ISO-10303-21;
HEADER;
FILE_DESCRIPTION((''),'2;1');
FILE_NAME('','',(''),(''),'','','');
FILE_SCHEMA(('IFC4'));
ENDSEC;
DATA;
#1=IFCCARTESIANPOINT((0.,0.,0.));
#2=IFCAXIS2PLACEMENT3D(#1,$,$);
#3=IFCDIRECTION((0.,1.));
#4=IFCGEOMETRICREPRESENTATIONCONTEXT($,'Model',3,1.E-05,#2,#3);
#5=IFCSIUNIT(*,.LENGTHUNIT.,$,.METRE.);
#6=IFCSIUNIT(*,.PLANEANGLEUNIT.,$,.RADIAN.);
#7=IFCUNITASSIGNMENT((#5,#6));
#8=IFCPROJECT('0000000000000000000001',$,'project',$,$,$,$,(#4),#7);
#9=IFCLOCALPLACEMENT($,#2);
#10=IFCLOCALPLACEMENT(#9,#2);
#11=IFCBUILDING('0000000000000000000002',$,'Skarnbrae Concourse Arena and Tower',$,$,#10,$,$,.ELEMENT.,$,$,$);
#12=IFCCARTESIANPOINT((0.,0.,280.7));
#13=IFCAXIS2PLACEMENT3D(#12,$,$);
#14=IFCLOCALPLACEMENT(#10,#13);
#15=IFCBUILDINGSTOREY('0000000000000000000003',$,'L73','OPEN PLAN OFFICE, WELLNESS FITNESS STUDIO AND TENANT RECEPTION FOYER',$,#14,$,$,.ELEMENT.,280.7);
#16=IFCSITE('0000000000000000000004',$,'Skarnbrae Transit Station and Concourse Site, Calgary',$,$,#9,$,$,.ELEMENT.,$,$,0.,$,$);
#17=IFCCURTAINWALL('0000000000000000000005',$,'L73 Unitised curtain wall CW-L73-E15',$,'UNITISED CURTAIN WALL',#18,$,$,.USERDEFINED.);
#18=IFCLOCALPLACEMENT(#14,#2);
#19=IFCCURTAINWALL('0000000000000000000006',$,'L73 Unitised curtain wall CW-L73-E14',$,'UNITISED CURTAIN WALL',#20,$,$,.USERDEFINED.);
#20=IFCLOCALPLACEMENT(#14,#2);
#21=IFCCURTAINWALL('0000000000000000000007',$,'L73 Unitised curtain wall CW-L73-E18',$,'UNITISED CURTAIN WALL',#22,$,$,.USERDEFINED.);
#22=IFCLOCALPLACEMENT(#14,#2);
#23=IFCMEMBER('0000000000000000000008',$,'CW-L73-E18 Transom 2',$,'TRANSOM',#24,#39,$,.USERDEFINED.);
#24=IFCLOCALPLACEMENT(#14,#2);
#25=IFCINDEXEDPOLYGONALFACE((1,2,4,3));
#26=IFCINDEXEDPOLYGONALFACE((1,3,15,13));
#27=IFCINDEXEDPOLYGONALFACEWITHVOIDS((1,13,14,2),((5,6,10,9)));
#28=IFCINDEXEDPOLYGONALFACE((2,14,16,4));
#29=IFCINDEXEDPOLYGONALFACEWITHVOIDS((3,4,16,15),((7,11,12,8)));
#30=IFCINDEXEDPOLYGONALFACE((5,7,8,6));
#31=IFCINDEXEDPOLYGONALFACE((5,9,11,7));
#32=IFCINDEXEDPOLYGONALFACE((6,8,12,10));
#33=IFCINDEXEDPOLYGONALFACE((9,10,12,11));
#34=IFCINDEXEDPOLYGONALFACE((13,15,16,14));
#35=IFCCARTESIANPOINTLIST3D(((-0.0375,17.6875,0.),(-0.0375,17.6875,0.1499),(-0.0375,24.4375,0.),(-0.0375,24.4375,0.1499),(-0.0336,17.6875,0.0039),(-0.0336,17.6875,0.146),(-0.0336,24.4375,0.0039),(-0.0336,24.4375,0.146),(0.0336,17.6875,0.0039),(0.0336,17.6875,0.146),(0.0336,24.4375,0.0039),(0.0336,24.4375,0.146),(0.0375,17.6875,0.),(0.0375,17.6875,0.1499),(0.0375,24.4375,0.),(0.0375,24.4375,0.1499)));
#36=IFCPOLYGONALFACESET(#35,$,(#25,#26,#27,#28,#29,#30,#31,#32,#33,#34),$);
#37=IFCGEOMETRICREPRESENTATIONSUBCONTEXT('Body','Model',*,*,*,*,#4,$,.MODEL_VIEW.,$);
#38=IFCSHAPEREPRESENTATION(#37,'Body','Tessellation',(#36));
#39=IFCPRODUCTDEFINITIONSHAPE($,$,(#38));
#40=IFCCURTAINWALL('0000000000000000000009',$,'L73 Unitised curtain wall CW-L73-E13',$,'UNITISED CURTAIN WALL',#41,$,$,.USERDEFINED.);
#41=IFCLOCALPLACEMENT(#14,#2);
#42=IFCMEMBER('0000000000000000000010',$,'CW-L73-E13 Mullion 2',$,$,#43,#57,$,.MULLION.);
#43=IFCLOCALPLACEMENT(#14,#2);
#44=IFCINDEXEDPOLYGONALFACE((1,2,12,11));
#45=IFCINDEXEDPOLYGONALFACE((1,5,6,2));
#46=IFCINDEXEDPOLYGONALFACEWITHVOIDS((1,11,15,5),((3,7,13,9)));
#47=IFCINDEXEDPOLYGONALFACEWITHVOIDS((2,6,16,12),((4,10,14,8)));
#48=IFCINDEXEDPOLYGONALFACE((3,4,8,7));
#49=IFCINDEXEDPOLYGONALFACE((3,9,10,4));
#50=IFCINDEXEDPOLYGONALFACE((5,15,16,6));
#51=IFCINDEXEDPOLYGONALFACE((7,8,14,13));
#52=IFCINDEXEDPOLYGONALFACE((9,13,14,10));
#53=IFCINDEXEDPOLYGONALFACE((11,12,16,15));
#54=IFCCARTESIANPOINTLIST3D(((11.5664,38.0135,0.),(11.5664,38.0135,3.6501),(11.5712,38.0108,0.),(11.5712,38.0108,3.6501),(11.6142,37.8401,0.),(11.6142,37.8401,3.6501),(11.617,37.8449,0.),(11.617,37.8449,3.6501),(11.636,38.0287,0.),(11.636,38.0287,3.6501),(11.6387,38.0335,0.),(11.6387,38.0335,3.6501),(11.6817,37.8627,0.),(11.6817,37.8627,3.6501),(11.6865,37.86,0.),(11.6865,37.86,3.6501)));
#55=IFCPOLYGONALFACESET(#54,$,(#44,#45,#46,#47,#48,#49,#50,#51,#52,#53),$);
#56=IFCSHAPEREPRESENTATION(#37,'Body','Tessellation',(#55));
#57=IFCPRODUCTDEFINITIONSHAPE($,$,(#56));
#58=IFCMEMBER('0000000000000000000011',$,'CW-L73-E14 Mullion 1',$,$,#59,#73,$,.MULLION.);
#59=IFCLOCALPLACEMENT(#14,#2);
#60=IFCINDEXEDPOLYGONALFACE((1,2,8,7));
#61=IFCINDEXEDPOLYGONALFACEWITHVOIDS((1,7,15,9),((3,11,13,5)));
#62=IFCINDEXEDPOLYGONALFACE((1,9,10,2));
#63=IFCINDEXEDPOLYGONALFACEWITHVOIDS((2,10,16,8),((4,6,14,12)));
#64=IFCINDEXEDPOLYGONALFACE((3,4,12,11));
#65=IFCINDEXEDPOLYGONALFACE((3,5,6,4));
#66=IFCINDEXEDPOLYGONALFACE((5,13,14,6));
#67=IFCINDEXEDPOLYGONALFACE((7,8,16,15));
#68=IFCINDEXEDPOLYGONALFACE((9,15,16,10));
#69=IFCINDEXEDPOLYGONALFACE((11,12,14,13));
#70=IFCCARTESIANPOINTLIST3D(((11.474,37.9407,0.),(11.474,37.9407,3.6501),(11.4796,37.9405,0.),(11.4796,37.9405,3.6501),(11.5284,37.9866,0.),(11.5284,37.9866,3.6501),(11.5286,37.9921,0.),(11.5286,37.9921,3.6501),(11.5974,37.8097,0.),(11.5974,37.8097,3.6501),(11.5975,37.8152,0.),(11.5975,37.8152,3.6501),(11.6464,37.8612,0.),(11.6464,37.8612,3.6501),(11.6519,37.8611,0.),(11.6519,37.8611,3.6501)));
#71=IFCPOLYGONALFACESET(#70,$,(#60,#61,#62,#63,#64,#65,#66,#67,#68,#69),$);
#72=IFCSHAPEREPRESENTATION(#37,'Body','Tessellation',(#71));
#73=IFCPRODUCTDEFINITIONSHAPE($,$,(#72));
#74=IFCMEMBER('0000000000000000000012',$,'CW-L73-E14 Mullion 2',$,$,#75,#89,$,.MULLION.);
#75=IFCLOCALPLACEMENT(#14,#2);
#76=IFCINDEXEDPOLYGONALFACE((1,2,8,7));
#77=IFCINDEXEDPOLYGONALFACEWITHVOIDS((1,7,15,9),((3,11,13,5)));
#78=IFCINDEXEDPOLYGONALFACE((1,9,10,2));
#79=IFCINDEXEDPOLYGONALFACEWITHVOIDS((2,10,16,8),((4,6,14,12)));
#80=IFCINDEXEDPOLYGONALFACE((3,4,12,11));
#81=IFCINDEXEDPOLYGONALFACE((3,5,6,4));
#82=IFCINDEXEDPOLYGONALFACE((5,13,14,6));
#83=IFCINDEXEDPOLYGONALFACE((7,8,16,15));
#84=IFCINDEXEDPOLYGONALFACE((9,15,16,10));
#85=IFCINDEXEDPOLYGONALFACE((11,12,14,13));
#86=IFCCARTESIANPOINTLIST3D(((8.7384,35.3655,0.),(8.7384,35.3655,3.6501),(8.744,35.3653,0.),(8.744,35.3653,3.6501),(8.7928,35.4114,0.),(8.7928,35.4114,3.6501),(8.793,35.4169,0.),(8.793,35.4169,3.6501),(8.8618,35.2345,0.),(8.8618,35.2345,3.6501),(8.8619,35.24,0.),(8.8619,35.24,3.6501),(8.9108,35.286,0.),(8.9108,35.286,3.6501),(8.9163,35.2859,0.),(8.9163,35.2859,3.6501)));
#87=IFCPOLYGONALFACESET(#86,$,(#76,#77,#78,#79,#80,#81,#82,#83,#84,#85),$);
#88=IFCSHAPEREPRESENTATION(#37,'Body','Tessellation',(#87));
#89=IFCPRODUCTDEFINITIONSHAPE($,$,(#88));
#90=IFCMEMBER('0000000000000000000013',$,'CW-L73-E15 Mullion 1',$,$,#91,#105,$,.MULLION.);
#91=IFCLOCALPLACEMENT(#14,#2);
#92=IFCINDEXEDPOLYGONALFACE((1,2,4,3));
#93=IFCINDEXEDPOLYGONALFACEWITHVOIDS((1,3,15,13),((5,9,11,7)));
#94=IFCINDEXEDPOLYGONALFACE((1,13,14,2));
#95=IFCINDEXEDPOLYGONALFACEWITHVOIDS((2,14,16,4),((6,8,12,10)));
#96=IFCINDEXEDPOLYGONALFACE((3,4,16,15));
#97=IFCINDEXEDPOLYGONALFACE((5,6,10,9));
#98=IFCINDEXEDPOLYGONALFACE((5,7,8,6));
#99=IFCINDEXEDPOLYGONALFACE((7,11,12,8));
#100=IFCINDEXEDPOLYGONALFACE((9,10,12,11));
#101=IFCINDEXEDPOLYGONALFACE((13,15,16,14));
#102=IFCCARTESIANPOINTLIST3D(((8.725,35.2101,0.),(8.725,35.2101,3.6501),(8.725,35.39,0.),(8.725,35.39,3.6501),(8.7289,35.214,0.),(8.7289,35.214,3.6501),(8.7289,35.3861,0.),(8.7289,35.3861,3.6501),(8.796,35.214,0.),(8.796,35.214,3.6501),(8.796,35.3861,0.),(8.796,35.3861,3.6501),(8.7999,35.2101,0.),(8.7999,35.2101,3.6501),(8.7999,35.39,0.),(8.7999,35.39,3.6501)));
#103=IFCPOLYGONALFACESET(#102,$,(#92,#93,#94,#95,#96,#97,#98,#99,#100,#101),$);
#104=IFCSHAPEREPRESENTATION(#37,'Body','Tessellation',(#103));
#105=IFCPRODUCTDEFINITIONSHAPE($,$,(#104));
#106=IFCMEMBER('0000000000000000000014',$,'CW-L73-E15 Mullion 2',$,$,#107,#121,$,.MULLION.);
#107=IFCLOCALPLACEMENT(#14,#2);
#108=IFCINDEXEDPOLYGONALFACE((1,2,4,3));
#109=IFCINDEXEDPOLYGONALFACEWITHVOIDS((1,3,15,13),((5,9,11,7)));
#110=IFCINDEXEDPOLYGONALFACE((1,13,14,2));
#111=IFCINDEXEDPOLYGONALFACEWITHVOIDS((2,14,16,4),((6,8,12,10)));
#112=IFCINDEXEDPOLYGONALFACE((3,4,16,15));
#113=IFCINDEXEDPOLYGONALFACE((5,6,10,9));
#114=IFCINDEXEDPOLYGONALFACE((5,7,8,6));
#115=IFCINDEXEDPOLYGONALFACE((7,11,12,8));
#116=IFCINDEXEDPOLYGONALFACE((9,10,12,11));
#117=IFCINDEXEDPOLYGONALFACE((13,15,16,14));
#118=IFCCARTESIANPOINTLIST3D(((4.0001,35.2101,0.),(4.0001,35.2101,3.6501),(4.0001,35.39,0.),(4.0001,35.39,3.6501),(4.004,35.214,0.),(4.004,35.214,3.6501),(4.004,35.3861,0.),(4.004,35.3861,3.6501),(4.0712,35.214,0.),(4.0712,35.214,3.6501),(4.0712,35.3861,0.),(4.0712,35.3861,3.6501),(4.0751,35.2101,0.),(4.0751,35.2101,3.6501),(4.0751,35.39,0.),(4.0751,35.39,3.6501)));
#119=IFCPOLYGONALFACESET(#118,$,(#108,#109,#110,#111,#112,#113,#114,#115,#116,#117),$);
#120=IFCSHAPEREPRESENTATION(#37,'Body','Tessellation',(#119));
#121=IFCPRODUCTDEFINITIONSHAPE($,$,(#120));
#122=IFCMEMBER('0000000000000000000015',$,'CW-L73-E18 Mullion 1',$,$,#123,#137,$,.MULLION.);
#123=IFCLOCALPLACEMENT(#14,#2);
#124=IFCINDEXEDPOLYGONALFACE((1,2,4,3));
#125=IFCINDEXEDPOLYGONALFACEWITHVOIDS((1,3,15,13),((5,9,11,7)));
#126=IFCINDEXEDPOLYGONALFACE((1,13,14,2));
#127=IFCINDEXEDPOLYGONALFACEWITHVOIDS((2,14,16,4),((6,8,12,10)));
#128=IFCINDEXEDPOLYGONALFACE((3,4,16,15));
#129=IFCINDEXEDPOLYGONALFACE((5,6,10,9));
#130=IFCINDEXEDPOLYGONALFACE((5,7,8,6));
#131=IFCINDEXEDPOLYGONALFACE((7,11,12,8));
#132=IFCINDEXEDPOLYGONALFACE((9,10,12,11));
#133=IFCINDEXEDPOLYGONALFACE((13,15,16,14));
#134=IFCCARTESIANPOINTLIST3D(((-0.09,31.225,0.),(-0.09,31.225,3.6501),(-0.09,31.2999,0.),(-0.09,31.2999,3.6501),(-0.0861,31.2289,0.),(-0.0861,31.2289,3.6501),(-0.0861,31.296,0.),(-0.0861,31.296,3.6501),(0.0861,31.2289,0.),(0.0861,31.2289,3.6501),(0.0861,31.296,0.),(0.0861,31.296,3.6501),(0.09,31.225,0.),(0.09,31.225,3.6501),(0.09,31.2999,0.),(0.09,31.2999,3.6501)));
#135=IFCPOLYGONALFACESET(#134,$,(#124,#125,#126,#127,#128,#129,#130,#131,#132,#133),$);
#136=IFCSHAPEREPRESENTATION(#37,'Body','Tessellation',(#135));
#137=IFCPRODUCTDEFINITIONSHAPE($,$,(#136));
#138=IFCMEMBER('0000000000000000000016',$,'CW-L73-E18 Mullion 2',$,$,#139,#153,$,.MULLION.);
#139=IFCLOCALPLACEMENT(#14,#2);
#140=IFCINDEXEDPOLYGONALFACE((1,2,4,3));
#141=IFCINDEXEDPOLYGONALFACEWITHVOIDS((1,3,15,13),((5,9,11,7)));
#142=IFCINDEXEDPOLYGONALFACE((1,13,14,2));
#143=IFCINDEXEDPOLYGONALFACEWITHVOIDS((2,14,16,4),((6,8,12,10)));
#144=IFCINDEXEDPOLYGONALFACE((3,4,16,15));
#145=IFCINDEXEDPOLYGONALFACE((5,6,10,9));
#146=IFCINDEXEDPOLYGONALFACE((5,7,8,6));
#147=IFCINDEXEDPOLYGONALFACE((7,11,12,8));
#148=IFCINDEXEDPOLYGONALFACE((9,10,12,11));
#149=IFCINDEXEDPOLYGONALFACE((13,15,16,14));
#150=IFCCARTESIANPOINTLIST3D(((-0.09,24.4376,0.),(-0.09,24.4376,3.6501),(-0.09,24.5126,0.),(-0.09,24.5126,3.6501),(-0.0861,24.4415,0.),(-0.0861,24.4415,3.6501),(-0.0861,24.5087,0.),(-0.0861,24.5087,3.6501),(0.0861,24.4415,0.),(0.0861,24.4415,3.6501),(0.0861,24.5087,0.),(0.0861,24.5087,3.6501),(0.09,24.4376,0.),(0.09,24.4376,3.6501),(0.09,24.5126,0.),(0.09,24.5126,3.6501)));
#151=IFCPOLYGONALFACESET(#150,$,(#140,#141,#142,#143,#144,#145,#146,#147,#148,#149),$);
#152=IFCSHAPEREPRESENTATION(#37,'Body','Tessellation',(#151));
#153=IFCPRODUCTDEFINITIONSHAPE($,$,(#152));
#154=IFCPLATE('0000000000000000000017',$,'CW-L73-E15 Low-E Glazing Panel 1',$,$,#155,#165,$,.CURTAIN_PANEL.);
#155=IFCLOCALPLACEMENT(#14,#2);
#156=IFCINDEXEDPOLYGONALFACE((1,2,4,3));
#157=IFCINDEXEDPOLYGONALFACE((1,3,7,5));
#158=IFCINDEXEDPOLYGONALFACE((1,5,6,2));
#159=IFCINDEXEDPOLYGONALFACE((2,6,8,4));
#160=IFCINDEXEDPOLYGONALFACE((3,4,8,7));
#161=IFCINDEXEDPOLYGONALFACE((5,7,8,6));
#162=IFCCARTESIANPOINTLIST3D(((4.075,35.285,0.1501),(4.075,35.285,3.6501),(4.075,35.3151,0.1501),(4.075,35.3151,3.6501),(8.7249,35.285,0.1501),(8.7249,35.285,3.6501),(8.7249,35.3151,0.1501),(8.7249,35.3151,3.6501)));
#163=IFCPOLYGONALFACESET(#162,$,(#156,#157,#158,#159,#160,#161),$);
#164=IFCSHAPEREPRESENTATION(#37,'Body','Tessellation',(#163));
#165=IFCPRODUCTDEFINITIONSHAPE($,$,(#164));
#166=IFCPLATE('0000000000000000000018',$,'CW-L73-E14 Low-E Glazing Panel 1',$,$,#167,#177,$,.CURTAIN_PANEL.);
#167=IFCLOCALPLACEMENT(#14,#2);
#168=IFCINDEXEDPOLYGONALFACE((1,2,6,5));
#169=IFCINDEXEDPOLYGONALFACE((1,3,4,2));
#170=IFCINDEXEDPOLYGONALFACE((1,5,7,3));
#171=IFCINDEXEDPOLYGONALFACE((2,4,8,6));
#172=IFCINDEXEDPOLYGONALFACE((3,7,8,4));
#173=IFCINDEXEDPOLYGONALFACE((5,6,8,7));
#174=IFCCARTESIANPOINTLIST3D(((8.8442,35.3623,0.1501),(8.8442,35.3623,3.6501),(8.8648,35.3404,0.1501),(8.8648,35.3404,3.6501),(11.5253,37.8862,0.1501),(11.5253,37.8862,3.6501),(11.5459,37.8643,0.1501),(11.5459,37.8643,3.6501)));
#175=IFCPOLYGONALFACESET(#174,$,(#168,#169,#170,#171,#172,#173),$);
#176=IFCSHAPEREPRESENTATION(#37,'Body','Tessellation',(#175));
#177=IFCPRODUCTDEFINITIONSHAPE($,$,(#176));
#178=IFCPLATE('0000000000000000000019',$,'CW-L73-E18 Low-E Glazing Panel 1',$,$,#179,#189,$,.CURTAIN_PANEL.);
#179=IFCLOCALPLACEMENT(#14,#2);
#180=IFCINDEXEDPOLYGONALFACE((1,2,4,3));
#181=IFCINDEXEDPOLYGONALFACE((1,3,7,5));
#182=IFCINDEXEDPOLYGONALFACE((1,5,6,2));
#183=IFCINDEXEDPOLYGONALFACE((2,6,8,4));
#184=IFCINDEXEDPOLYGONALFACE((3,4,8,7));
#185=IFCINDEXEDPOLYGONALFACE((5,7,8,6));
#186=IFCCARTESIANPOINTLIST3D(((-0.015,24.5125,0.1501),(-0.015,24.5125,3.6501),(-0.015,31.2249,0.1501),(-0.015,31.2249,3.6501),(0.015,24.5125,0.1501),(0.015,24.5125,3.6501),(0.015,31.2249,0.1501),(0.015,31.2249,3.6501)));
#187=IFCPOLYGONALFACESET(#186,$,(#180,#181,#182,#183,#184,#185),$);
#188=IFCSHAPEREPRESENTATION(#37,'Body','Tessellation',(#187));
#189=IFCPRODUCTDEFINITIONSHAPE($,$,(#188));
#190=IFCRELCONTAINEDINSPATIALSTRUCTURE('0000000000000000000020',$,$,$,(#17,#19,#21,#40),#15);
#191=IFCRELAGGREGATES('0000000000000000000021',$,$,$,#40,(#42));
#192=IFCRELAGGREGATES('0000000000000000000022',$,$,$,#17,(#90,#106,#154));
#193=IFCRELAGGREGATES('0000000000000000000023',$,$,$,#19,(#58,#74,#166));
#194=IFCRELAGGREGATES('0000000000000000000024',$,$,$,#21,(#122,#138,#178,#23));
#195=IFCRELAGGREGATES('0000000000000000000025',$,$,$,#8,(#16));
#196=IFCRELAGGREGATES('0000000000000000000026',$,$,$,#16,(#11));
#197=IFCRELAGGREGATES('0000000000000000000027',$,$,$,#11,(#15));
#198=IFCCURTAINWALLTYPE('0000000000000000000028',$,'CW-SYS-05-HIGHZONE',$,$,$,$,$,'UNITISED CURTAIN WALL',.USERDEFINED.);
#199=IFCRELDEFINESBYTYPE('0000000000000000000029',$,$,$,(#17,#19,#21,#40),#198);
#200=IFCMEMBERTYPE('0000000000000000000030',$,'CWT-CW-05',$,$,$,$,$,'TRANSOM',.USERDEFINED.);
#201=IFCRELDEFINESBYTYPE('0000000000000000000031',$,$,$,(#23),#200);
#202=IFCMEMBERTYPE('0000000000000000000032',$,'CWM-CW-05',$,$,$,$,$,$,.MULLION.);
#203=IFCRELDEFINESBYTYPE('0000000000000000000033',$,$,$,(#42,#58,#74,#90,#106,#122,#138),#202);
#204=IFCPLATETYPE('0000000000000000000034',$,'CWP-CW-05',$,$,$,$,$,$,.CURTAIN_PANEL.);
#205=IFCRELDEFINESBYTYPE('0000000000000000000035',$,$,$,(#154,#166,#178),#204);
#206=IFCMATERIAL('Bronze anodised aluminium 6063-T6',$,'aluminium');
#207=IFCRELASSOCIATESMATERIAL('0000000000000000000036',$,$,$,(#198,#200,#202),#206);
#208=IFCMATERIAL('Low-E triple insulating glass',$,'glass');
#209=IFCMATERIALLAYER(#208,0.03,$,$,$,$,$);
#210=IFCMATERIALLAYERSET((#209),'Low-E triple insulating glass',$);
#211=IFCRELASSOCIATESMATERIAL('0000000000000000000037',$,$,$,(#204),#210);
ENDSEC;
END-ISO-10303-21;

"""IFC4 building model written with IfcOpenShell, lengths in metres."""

from ifc_helpers import new_model, si_unit, direction, frame, origin, origin_2d, place, context, subcontext, project, spatial, rectangle, hollow_rectangle, extrude, source, transform, mapped, material, layer, layer_set, material_profile, profile_set, type_object, element, aggregate, save


model = new_model("IFC4")

# Units and contexts
model_context = context("Model", 3, precision=1e-05, world=origin(), true_north=direction((0.0, 1.0)))
body_context = subcontext(model_context, "Body", "Model", "MODEL_VIEW")
ifc_project = project(units=[si_unit("LENGTHUNIT", "METRE"), si_unit("PLANEANGLEUNIT", "RADIAN")], contexts=[model_context])

# Site, building, storey
site_placement = place(None, origin())
site = spatial("IfcSite", under=ifc_project, at=site_placement, Name="Skarnbrae Transit Station and Concourse Site, Calgary", CompositionType="ELEMENT", RefElevation=0.0)
building_placement = place(site_placement, origin())
building = spatial("IfcBuilding", under=site, at=building_placement, Name="Skarnbrae Concourse Arena and Tower", CompositionType="ELEMENT")
storey_placement = place(building_placement, frame((0.0, 0.0, 280.7)))
storey = spatial("IfcBuildingStorey", under=building, at=storey_placement, Name="L73", Description="OPEN PLAN OFFICE, WELLNESS FITNESS STUDIO AND TENANT RECEPTION FOYER", CompositionType="ELEMENT", Elevation=280.7)

# Curtain walls
ifc_material_1 = material(Name="Bronze anodised aluminium 6063-T6", Category="aluminium")
curtain_wall_type = type_object("IfcCurtainWallType", Name="CW-SYS-05-HIGHZONE", ElementType="UNITISED CURTAIN WALL", PredefinedType="USERDEFINED", material=ifc_material_1)
curtain_wall_1_placement = place(storey_placement, origin())
curtain_wall_1 = element("IfcCurtainWall", 1, at=curtain_wall_1_placement, inside=storey, type_object=curtain_wall_type, Name="L73 Unitised curtain wall CW-L73-E15", ObjectType="UNITISED CURTAIN WALL", PredefinedType="USERDEFINED")
ifc_material_profile_1 = material_profile(ifc_material_1, hollow_rectangle(XDim=0.075, YDim=0.1499, WallThickness=0.0039, at=origin_2d()), Name="ALU-TRAN-75X150")
ifc_profile_set_1 = profile_set([ifc_material_profile_1], Name="Bronze anodised aluminium 6063-T6")
member_type_1 = type_object("IfcMemberType", Name="CWT-CW-05", ElementType="TRANSOM", PredefinedType="USERDEFINED", material=ifc_profile_set_1)
curtain_wall_2_placement = place(storey_placement, origin())
curtain_wall_2 = element("IfcCurtainWall", 2, at=curtain_wall_2_placement, inside=storey, type_object=curtain_wall_type, Name="L73 Unitised curtain wall CW-L73-E14", ObjectType="UNITISED CURTAIN WALL", PredefinedType="USERDEFINED")

# Curtain wall, member
curtain_wall_3_placement = place(storey_placement, origin())
curtain_wall_3 = element("IfcCurtainWall", 3, at=curtain_wall_3_placement, inside=storey, type_object=curtain_wall_type, Name="L73 Unitised curtain wall CW-L73-E18", ObjectType="UNITISED CURTAIN WALL", PredefinedType="USERDEFINED")
shared_shape_1 = source(origin(), body_context, "Body", "SweptSolid", [
    extrude(hollow_rectangle(XDim=0.075, YDim=0.1499, WallThickness=0.0039, at=origin_2d()), origin(), (0.0, 0.0, 1.0), 6.75),
])
member_1_placement = place(storey_placement, frame((0.0, 24.4375, 0.075), z_axis=(0.0, -1.0, 0.0), x_axis=(1.0, 0.0, 0.0)))
member_1 = element("IfcMember", 4, at=member_1_placement, type_object=member_type_1, Name="CW-L73-E18 Transom 2", ObjectType="TRANSOM", PredefinedType="USERDEFINED", context=body_context, shape_type="MappedRepresentation", body=[
    mapped(shared_shape_1, transform((0.0, 0.0, 0.0))),
])

# Curtain wall, member
curtain_wall_4_placement = place(storey_placement, origin())
curtain_wall_4 = element("IfcCurtainWall", 5, at=curtain_wall_4_placement, inside=storey, type_object=curtain_wall_type, Name="L73 Unitised curtain wall CW-L73-E13", ObjectType="UNITISED CURTAIN WALL", PredefinedType="USERDEFINED")
ifc_material_profile_2 = material_profile(ifc_material_1, hollow_rectangle(XDim=0.075, YDim=0.1799, WallThickness=0.0039, at=origin_2d()), Name="ALU-MULL-75X180")
ifc_profile_set_2 = profile_set([ifc_material_profile_2], Name="Bronze anodised aluminium 6063-T6")
member_type_2 = type_object("IfcMemberType", Name="CWM-CW-05", PredefinedType="MULLION", material=ifc_profile_set_2)
shared_shape_2 = source(origin(), body_context, "Body", "SweptSolid", [
    extrude(hollow_rectangle(XDim=0.075, YDim=0.1799, WallThickness=0.0039, at=origin_2d()), origin(), (0.0, 0.0, 1.0), 3.6501),
])
member_2_placement = place(storey_placement, frame((11.6265, 37.9368, 0.0), z_axis=(0.0, 0.0, 1.0), x_axis=(-0.964057, -0.265694, 0.0)))
member_2 = element("IfcMember", 6, at=member_2_placement, type_object=member_type_2, Name="CW-L73-E13 Mullion 2", PredefinedType="MULLION", context=body_context, shape_type="MappedRepresentation", body=[
    mapped(shared_shape_2, transform((0.0, 0.0, 0.0))),
])
aggregate(curtain_wall_4, [member_2])

# Members
member_3_placement = place(storey_placement, frame((11.563, 37.9009, 0.0), z_axis=(0.0, 0.0, 1.0), x_axis=(-0.728131, -0.685438, 0.0)))
member_3 = element("IfcMember", 7, at=member_3_placement, type_object=member_type_2, Name="CW-L73-E14 Mullion 1", PredefinedType="MULLION", context=body_context, shape_type="MappedRepresentation", body=[
    mapped(shared_shape_2, transform((0.0, 0.0, 0.0))),
])
member_4_placement = place(storey_placement, frame((8.8274, 35.3257, 0.0), z_axis=(0.0, 0.0, 1.0), x_axis=(-0.728131, -0.685438, 0.0)))
member_4 = element("IfcMember", 8, at=member_4_placement, type_object=member_type_2, Name="CW-L73-E14 Mullion 2", PredefinedType="MULLION", context=body_context, shape_type="MappedRepresentation", body=[
    mapped(shared_shape_2, transform((0.0, 0.0, 0.0))),
])
member_5_placement = place(storey_placement, frame((8.7625, 35.3, 0.0), z_axis=(0.0, 0.0, 1.0), x_axis=(-1.0, 0.0, 0.0)))
member_5 = element("IfcMember", 9, at=member_5_placement, type_object=member_type_2, Name="CW-L73-E15 Mullion 1", PredefinedType="MULLION", context=body_context, shape_type="MappedRepresentation", body=[
    mapped(shared_shape_2, transform((0.0, 0.0, 0.0))),
])
member_6_placement = place(storey_placement, frame((4.0376, 35.3, 0.0), z_axis=(0.0, 0.0, 1.0), x_axis=(-1.0, 0.0, 0.0)))
member_6 = element("IfcMember", 10, at=member_6_placement, type_object=member_type_2, Name="CW-L73-E15 Mullion 2", PredefinedType="MULLION", context=body_context, shape_type="MappedRepresentation", body=[
    mapped(shared_shape_2, transform((0.0, 0.0, 0.0))),
])
member_7_placement = place(storey_placement, frame((0.0, 31.2625, 0.0), z_axis=(0.0, 0.0, 1.0), x_axis=(0.0, -1.0, 0.0)))
member_7 = element("IfcMember", 11, at=member_7_placement, type_object=member_type_2, Name="CW-L73-E18 Mullion 1", PredefinedType="MULLION", context=body_context, shape_type="MappedRepresentation", body=[
    mapped(shared_shape_2, transform((0.0, 0.0, 0.0))),
])
member_8_placement = place(storey_placement, frame((0.0, 24.4751, 0.0), z_axis=(0.0, 0.0, 1.0), x_axis=(0.0, -1.0, 0.0)))
member_8 = element("IfcMember", 12, at=member_8_placement, type_object=member_type_2, Name="CW-L73-E18 Mullion 2", PredefinedType="MULLION", context=body_context, shape_type="MappedRepresentation", body=[
    mapped(shared_shape_2, transform((0.0, 0.0, 0.0))),
])

# Plates
ifc_material_2 = material(Name="Low-E triple insulating glass", Category="glass")
ifc_layer_1 = layer(ifc_material_2, 0.03)
ifc_layer_set_1 = layer_set([ifc_layer_1], Name="Low-E triple insulating glass")
plate_type = type_object("IfcPlateType", Name="CWP-CW-05", PredefinedType="CURTAIN_PANEL", material=ifc_layer_set_1)
shared_shape_3 = source(origin(), body_context, "Body", "SweptSolid", [
    extrude(rectangle(XDim=4.6499, YDim=0.03, at=origin_2d()), origin(), (0.0, 0.0, 1.0), 3.5),
])
plate_1_placement = place(storey_placement, frame((6.3999, 35.3, 0.1501), z_axis=(0.0, 0.0, 1.0), x_axis=(-1.0, 0.0, 0.0)))
plate_1 = element("IfcPlate", 13, at=plate_1_placement, type_object=plate_type, Name="CW-L73-E15 Low-E Glazing Panel 1", PredefinedType="CURTAIN_PANEL", context=body_context, shape_type="MappedRepresentation", body=[
    mapped(shared_shape_3, transform((0.0, 0.0, 0.0))),
])
aggregate(curtain_wall_1, [member_5, member_6, plate_1])
shared_shape_4 = source(origin(), body_context, "Body", "SweptSolid", [
    extrude(rectangle(XDim=3.6821, YDim=0.03, at=origin_2d()), origin(), (0.0, 0.0, 1.0), 3.5),
])
plate_2_placement = place(storey_placement, frame((10.1951, 36.6133, 0.1501), z_axis=(0.0, 0.0, 1.0), x_axis=(-0.728131, -0.685438, 0.0)))
plate_2 = element("IfcPlate", 14, at=plate_2_placement, type_object=plate_type, Name="CW-L73-E14 Low-E Glazing Panel 1", PredefinedType="CURTAIN_PANEL", context=body_context, shape_type="MappedRepresentation", body=[
    mapped(shared_shape_4, transform((0.0, 0.0, 0.0))),
])
aggregate(curtain_wall_2, [member_3, member_4, plate_2])
shared_shape_5 = source(origin(), body_context, "Body", "SweptSolid", [
    extrude(rectangle(XDim=6.7124, YDim=0.03, at=origin_2d()), origin(), (0.0, 0.0, 1.0), 3.5),
])
plate_3_placement = place(storey_placement, frame((0.0, 27.8687, 0.1501), z_axis=(0.0, 0.0, 1.0), x_axis=(0.0, -1.0, 0.0)))
plate_3 = element("IfcPlate", 15, at=plate_3_placement, type_object=plate_type, Name="CW-L73-E18 Low-E Glazing Panel 1", PredefinedType="CURTAIN_PANEL", context=body_context, shape_type="MappedRepresentation", body=[
    mapped(shared_shape_5, transform((0.0, 0.0, 0.0))),
])
aggregate(curtain_wall_3, [member_7, member_8, plate_3, member_1])

save(model, "model.ifc")
